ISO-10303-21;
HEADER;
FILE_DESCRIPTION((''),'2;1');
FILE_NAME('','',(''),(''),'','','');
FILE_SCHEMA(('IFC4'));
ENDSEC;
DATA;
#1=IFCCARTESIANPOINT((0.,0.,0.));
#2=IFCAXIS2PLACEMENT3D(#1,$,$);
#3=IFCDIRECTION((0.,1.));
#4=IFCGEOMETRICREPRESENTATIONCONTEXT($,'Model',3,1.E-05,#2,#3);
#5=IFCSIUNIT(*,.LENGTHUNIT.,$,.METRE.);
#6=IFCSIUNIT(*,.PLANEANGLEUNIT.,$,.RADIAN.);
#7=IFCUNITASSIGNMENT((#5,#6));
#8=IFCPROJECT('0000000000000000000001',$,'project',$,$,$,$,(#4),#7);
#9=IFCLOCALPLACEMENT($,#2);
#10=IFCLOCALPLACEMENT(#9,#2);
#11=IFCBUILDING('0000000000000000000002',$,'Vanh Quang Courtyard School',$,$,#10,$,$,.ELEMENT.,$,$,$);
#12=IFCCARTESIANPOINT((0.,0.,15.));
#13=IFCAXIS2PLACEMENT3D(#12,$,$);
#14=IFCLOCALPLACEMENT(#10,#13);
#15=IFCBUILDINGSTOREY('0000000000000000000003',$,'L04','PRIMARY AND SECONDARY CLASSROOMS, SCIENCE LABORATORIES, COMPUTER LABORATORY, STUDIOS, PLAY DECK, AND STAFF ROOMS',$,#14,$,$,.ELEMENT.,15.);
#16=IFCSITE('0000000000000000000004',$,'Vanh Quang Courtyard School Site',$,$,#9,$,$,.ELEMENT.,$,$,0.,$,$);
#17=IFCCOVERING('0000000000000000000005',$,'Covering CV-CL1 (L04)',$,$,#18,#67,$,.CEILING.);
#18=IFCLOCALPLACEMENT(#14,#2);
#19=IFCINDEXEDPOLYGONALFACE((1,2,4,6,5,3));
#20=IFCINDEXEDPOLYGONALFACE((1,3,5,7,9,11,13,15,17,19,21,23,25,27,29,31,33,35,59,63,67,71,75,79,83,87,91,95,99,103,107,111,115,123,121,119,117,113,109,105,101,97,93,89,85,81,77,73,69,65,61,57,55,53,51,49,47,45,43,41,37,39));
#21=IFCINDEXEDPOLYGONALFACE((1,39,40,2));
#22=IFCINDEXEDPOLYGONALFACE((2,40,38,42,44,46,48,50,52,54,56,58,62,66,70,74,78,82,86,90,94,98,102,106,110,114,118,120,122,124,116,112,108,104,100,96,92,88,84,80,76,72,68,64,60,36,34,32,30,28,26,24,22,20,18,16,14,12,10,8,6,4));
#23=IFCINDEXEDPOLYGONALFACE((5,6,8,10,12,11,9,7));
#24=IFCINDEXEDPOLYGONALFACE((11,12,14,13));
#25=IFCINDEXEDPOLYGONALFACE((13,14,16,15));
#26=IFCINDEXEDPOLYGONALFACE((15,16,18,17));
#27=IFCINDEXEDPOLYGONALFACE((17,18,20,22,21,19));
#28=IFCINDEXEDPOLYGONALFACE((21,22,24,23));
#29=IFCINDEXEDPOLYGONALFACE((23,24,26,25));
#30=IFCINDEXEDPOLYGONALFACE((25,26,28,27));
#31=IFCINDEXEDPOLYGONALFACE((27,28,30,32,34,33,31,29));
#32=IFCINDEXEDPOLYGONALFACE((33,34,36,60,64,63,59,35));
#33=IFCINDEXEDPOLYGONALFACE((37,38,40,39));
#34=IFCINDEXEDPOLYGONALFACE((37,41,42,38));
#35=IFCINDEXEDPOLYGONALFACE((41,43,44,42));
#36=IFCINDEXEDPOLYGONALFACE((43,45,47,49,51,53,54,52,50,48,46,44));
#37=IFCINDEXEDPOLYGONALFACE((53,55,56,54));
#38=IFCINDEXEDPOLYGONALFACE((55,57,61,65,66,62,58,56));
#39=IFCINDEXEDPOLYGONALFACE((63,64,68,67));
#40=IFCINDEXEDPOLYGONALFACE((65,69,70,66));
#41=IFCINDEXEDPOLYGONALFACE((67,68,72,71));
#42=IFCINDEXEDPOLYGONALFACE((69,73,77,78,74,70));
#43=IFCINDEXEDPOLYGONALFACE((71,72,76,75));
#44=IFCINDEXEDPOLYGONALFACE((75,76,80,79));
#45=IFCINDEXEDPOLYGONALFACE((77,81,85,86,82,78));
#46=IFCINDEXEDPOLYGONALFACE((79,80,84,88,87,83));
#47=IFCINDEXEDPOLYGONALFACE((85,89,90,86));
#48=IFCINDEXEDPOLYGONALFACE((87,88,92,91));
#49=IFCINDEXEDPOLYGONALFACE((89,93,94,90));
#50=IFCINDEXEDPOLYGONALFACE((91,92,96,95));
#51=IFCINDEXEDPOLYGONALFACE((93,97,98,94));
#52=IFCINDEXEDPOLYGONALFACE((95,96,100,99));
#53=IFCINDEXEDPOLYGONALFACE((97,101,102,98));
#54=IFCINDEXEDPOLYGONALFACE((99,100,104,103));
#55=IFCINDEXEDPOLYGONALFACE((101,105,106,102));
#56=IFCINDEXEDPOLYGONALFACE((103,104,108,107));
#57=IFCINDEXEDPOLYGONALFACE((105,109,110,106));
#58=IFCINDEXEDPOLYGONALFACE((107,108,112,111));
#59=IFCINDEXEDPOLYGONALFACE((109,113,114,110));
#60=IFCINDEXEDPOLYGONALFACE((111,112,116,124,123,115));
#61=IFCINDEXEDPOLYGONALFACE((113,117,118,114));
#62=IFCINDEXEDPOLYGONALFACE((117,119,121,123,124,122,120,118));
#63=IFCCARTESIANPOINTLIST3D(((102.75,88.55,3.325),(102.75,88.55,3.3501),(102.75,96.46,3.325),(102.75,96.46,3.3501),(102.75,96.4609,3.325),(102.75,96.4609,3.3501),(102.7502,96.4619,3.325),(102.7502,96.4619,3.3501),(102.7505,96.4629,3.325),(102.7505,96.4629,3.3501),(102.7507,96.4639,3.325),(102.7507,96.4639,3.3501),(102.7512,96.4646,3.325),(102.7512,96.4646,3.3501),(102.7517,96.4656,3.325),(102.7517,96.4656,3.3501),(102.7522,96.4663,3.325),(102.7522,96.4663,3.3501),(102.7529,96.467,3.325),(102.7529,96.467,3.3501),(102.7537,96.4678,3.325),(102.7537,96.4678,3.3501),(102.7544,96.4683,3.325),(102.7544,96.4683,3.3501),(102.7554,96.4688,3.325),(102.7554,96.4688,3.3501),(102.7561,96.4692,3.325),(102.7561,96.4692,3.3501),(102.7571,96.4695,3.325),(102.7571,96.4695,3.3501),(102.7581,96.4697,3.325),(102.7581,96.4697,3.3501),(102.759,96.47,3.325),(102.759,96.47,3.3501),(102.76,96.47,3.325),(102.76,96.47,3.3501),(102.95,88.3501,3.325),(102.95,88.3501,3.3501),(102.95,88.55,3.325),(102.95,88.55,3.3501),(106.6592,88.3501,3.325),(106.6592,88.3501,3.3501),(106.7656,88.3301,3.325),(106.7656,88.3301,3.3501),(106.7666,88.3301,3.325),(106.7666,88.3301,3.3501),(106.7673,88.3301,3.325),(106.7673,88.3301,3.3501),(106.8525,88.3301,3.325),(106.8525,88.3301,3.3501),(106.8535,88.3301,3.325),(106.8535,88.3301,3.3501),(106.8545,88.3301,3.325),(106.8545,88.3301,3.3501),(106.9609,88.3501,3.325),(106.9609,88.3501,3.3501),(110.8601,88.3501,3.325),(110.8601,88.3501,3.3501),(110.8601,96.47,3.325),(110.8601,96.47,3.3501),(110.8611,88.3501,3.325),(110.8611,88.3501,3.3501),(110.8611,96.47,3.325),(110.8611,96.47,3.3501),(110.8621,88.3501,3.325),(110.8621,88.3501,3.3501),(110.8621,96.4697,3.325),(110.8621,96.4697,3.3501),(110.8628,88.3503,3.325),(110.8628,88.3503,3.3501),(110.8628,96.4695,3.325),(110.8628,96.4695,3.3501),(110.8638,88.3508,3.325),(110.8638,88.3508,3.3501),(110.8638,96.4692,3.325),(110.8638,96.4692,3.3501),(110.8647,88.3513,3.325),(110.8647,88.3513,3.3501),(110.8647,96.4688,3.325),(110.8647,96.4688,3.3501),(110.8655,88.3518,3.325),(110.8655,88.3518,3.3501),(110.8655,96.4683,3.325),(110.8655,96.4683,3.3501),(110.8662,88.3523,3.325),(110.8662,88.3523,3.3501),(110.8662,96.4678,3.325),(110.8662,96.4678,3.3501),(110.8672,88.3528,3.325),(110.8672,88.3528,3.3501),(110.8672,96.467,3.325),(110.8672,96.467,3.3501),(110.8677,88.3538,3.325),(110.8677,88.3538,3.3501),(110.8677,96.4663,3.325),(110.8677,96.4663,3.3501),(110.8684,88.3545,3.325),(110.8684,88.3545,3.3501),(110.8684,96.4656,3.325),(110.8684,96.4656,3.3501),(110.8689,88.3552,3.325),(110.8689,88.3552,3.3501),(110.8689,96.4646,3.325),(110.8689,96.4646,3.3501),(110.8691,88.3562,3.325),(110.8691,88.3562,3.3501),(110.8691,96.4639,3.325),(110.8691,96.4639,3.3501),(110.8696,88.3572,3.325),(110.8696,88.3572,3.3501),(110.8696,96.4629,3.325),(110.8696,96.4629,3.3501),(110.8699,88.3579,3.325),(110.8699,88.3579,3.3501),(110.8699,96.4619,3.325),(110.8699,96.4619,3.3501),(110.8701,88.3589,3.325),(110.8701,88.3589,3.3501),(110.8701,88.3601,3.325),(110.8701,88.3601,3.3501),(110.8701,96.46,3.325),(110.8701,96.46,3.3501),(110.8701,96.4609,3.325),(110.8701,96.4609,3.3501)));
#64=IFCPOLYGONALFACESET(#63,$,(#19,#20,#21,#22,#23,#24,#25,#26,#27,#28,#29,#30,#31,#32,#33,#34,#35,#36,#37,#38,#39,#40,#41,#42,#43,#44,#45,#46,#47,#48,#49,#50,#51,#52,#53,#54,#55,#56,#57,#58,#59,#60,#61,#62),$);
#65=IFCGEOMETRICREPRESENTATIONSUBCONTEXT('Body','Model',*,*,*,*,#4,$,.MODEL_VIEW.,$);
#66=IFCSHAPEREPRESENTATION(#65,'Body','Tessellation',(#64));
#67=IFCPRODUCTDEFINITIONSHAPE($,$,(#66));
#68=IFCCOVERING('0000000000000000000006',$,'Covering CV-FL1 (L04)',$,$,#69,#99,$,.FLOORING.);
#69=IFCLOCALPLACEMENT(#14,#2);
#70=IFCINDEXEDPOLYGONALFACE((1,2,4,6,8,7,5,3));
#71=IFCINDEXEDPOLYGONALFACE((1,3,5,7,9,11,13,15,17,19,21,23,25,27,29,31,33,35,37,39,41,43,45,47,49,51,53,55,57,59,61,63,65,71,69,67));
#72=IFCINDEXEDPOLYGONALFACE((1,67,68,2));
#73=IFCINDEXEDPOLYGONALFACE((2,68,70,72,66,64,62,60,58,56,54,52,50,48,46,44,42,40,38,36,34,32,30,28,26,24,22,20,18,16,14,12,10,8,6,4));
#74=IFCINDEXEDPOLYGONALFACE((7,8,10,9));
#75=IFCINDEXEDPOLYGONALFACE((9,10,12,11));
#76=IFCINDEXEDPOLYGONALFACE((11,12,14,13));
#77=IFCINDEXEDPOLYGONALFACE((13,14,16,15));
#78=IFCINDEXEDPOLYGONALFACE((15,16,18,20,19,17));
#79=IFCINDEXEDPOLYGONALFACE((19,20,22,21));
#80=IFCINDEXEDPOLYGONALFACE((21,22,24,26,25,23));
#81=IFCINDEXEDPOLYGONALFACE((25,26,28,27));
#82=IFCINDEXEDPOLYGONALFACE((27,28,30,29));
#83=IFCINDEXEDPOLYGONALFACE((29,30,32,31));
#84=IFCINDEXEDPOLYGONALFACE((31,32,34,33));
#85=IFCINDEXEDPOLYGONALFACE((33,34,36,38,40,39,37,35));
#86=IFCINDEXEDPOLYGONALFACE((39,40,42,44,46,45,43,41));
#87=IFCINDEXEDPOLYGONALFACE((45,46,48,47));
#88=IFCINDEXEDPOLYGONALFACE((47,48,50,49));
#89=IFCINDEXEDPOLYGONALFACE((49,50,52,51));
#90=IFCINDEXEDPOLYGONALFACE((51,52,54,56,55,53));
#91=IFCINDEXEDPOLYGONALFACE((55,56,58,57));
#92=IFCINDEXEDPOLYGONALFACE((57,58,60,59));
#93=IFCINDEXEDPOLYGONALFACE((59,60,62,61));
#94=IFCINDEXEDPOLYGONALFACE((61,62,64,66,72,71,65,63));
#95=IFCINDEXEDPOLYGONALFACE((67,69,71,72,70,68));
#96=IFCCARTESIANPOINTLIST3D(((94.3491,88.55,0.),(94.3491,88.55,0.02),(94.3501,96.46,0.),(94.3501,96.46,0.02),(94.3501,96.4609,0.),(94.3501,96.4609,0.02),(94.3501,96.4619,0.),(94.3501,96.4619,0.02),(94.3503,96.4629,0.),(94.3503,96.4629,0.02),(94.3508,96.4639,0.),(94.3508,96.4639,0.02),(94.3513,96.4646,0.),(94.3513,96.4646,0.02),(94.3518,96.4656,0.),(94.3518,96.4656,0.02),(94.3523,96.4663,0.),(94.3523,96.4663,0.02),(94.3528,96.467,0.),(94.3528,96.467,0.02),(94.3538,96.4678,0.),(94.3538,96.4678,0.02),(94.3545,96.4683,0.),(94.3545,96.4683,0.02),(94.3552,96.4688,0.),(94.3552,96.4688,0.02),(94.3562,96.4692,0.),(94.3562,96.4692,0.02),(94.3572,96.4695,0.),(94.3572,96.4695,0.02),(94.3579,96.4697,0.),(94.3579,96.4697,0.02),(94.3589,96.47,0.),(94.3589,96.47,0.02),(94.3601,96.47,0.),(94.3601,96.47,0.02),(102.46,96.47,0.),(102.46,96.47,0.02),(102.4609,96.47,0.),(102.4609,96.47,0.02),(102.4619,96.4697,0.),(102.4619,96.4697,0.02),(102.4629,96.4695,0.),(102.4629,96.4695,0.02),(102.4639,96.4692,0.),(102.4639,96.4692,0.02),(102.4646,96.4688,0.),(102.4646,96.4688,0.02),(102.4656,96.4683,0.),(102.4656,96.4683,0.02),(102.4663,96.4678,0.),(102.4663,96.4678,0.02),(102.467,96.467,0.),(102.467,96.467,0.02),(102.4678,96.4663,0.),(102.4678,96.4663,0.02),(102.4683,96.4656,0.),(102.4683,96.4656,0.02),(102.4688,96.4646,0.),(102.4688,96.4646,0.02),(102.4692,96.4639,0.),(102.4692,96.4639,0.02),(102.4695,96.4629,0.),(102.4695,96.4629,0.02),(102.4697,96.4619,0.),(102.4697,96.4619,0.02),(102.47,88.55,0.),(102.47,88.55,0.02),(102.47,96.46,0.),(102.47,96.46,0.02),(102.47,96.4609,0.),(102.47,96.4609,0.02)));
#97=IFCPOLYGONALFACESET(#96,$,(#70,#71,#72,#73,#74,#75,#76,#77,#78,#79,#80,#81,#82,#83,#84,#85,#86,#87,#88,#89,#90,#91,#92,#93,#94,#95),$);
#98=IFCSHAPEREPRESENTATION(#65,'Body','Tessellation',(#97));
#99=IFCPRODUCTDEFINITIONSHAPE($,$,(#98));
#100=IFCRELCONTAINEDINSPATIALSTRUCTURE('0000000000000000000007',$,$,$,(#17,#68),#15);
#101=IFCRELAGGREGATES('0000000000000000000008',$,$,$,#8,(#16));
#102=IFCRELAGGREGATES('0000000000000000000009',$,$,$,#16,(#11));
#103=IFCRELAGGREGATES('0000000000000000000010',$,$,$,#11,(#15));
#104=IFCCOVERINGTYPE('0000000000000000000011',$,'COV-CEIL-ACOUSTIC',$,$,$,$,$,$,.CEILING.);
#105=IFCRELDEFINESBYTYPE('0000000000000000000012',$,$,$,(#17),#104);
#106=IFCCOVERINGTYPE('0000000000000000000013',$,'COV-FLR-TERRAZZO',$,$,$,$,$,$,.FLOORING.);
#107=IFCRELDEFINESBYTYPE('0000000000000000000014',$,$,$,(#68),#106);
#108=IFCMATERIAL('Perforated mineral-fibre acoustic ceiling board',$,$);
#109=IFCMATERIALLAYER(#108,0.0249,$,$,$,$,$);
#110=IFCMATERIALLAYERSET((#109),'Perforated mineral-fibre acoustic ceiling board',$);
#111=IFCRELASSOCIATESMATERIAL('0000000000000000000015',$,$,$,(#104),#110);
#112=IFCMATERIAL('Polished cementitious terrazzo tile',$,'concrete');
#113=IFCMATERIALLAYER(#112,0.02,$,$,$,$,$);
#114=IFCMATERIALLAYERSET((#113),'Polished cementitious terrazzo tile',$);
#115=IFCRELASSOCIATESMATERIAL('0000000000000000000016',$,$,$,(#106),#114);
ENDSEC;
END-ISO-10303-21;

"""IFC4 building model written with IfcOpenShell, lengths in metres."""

from ifc_helpers import new_model, si_unit, direction, frame, origin, place, context, subcontext, project, spatial, polyline, outline, extrude, material, layer, layer_set, type_object, element, save


model = new_model("IFC4")

# Units and contexts
model_context = context("Model", 3, precision=1e-05, world=origin(), true_north=direction((0.0, 1.0)))
body_context = subcontext(model_context, "Body", "Model", "MODEL_VIEW")
ifc_project = project(units=[si_unit("LENGTHUNIT", "METRE"), si_unit("PLANEANGLEUNIT", "RADIAN")], contexts=[model_context])

# Site, building, storey
site_placement = place(None, origin())
site = spatial("IfcSite", under=ifc_project, at=site_placement, Name="Vanh Quang Courtyard School Site", CompositionType="ELEMENT", RefElevation=0.0)
building_placement = place(site_placement, origin())
building = spatial("IfcBuilding", under=site, at=building_placement, Name="Vanh Quang Courtyard School", CompositionType="ELEMENT")
storey_placement = place(building_placement, frame((0.0, 0.0, 15.0)))
storey = spatial("IfcBuildingStorey", under=building, at=storey_placement, Name="L04", Description="PRIMARY AND SECONDARY CLASSROOMS, SCIENCE LABORATORIES, COMPUTER LABORATORY, STUDIOS, PLAY DECK, AND STAFF ROOMS", CompositionType="ELEMENT", Elevation=15.0)

# Coverings
ifc_material_1 = material(Name="Perforated mineral-fibre acoustic ceiling board")
ifc_layer_1 = layer(ifc_material_1, 0.0249)
ifc_layer_set_1 = layer_set([ifc_layer_1], Name="Perforated mineral-fibre acoustic ceiling board")
covering_type_1 = type_object("IfcCoveringType", Name="COV-CEIL-ACOUSTIC", PredefinedType="CEILING", material=ifc_layer_set_1)
covering_1_placement = place(storey_placement, frame((0.0, 0.0, 3.325)))
element("IfcCovering", 1, at=covering_1_placement, inside=storey, type_object=covering_type_1, Name="Covering CV-CL1 (L04)", PredefinedType="CEILING", context=body_context, shape_type="SweptSolid", body=[
    extrude(outline(polyline([(102.95, 88.3501), (102.95, 88.55), (102.75, 88.55), (102.75, 96.46), (102.75, 96.4609), (102.7502, 96.4619), (102.7505, 96.4629), (102.7507, 96.4639), (102.7512, 96.4646), (102.7517, 96.4656), (102.7522, 96.4663), (102.7529, 96.467), (102.7537, 96.4678), (102.7544, 96.4683), (102.7554, 96.4688), (102.7561, 96.4692), (102.7571, 96.4695), (102.7581, 96.4697), (102.759, 96.47), (102.76, 96.47), (110.8601, 96.47), (110.8611, 96.47), (110.8621, 96.4697), (110.8628, 96.4695), (110.8638, 96.4692), (110.8647, 96.4688), (110.8655, 96.4683), (110.8662, 96.4678), (110.8672, 96.467), (110.8677, 96.4663), (110.8684, 96.4656), (110.8689, 96.4646), (110.8691, 96.4639), (110.8696, 96.4629), (110.8699, 96.4619), (110.8701, 96.4609), (110.8701, 96.46), (110.8701, 88.3601), (110.8701, 88.3589), (110.8699, 88.3579), (110.8696, 88.3572), (110.8691, 88.3562), (110.8689, 88.3552), (110.8684, 88.3545), (110.8677, 88.3538), (110.8672, 88.3528), (110.8662, 88.3523), (110.8655, 88.3518), (110.8647, 88.3513), (110.8638, 88.3508), (110.8628, 88.3503), (110.8621, 88.3501), (110.8611, 88.3501), (110.8601, 88.3501), (106.9609, 88.3501), (106.8545, 88.3301), (106.8535, 88.3301), (106.8525, 88.3301), (106.7673, 88.3301), (106.7666, 88.3301), (106.7656, 88.3301), (106.6592, 88.3501), (102.95, 88.3501)])), origin(), (0.0, 0.0, 1.0), 0.0251),
])
ifc_material_2 = material(Name="Polished cementitious terrazzo tile", Category="concrete")
ifc_layer_2 = layer(ifc_material_2, 0.02)
ifc_layer_set_2 = layer_set([ifc_layer_2], Name="Polished cementitious terrazzo tile")
covering_type_2 = type_object("IfcCoveringType", Name="COV-FLR-TERRAZZO", PredefinedType="FLOORING", material=ifc_layer_set_2)
covering_2_placement = place(storey_placement, origin())
element("IfcCovering", 2, at=covering_2_placement, inside=storey, type_object=covering_type_2, Name="Covering CV-FL1 (L04)", PredefinedType="FLOORING", context=body_context, shape_type="SweptSolid", body=[
    extrude(outline(polyline([(94.3501, 96.46), (94.3501, 96.4609), (94.3501, 96.4619), (94.3503, 96.4629), (94.3508, 96.4639), (94.3513, 96.4646), (94.3518, 96.4656), (94.3523, 96.4663), (94.3528, 96.467), (94.3538, 96.4678), (94.3545, 96.4683), (94.3552, 96.4688), (94.3562, 96.4692), (94.3572, 96.4695), (94.3579, 96.4697), (94.3589, 96.47), (94.3601, 96.47), (102.46, 96.47), (102.4609, 96.47), (102.4619, 96.4697), (102.4629, 96.4695), (102.4639, 96.4692), (102.4646, 96.4688), (102.4656, 96.4683), (102.4663, 96.4678), (102.467, 96.467), (102.4678, 96.4663), (102.4683, 96.4656), (102.4688, 96.4646), (102.4692, 96.4639), (102.4695, 96.4629), (102.4697, 96.4619), (102.47, 96.4609), (102.47, 96.46), (102.47, 88.55), (94.3491, 88.55), (94.3501, 96.46)])), origin(), (0.0, 0.0, 1.0), 0.02),
])

save(model, "model.ifc")
